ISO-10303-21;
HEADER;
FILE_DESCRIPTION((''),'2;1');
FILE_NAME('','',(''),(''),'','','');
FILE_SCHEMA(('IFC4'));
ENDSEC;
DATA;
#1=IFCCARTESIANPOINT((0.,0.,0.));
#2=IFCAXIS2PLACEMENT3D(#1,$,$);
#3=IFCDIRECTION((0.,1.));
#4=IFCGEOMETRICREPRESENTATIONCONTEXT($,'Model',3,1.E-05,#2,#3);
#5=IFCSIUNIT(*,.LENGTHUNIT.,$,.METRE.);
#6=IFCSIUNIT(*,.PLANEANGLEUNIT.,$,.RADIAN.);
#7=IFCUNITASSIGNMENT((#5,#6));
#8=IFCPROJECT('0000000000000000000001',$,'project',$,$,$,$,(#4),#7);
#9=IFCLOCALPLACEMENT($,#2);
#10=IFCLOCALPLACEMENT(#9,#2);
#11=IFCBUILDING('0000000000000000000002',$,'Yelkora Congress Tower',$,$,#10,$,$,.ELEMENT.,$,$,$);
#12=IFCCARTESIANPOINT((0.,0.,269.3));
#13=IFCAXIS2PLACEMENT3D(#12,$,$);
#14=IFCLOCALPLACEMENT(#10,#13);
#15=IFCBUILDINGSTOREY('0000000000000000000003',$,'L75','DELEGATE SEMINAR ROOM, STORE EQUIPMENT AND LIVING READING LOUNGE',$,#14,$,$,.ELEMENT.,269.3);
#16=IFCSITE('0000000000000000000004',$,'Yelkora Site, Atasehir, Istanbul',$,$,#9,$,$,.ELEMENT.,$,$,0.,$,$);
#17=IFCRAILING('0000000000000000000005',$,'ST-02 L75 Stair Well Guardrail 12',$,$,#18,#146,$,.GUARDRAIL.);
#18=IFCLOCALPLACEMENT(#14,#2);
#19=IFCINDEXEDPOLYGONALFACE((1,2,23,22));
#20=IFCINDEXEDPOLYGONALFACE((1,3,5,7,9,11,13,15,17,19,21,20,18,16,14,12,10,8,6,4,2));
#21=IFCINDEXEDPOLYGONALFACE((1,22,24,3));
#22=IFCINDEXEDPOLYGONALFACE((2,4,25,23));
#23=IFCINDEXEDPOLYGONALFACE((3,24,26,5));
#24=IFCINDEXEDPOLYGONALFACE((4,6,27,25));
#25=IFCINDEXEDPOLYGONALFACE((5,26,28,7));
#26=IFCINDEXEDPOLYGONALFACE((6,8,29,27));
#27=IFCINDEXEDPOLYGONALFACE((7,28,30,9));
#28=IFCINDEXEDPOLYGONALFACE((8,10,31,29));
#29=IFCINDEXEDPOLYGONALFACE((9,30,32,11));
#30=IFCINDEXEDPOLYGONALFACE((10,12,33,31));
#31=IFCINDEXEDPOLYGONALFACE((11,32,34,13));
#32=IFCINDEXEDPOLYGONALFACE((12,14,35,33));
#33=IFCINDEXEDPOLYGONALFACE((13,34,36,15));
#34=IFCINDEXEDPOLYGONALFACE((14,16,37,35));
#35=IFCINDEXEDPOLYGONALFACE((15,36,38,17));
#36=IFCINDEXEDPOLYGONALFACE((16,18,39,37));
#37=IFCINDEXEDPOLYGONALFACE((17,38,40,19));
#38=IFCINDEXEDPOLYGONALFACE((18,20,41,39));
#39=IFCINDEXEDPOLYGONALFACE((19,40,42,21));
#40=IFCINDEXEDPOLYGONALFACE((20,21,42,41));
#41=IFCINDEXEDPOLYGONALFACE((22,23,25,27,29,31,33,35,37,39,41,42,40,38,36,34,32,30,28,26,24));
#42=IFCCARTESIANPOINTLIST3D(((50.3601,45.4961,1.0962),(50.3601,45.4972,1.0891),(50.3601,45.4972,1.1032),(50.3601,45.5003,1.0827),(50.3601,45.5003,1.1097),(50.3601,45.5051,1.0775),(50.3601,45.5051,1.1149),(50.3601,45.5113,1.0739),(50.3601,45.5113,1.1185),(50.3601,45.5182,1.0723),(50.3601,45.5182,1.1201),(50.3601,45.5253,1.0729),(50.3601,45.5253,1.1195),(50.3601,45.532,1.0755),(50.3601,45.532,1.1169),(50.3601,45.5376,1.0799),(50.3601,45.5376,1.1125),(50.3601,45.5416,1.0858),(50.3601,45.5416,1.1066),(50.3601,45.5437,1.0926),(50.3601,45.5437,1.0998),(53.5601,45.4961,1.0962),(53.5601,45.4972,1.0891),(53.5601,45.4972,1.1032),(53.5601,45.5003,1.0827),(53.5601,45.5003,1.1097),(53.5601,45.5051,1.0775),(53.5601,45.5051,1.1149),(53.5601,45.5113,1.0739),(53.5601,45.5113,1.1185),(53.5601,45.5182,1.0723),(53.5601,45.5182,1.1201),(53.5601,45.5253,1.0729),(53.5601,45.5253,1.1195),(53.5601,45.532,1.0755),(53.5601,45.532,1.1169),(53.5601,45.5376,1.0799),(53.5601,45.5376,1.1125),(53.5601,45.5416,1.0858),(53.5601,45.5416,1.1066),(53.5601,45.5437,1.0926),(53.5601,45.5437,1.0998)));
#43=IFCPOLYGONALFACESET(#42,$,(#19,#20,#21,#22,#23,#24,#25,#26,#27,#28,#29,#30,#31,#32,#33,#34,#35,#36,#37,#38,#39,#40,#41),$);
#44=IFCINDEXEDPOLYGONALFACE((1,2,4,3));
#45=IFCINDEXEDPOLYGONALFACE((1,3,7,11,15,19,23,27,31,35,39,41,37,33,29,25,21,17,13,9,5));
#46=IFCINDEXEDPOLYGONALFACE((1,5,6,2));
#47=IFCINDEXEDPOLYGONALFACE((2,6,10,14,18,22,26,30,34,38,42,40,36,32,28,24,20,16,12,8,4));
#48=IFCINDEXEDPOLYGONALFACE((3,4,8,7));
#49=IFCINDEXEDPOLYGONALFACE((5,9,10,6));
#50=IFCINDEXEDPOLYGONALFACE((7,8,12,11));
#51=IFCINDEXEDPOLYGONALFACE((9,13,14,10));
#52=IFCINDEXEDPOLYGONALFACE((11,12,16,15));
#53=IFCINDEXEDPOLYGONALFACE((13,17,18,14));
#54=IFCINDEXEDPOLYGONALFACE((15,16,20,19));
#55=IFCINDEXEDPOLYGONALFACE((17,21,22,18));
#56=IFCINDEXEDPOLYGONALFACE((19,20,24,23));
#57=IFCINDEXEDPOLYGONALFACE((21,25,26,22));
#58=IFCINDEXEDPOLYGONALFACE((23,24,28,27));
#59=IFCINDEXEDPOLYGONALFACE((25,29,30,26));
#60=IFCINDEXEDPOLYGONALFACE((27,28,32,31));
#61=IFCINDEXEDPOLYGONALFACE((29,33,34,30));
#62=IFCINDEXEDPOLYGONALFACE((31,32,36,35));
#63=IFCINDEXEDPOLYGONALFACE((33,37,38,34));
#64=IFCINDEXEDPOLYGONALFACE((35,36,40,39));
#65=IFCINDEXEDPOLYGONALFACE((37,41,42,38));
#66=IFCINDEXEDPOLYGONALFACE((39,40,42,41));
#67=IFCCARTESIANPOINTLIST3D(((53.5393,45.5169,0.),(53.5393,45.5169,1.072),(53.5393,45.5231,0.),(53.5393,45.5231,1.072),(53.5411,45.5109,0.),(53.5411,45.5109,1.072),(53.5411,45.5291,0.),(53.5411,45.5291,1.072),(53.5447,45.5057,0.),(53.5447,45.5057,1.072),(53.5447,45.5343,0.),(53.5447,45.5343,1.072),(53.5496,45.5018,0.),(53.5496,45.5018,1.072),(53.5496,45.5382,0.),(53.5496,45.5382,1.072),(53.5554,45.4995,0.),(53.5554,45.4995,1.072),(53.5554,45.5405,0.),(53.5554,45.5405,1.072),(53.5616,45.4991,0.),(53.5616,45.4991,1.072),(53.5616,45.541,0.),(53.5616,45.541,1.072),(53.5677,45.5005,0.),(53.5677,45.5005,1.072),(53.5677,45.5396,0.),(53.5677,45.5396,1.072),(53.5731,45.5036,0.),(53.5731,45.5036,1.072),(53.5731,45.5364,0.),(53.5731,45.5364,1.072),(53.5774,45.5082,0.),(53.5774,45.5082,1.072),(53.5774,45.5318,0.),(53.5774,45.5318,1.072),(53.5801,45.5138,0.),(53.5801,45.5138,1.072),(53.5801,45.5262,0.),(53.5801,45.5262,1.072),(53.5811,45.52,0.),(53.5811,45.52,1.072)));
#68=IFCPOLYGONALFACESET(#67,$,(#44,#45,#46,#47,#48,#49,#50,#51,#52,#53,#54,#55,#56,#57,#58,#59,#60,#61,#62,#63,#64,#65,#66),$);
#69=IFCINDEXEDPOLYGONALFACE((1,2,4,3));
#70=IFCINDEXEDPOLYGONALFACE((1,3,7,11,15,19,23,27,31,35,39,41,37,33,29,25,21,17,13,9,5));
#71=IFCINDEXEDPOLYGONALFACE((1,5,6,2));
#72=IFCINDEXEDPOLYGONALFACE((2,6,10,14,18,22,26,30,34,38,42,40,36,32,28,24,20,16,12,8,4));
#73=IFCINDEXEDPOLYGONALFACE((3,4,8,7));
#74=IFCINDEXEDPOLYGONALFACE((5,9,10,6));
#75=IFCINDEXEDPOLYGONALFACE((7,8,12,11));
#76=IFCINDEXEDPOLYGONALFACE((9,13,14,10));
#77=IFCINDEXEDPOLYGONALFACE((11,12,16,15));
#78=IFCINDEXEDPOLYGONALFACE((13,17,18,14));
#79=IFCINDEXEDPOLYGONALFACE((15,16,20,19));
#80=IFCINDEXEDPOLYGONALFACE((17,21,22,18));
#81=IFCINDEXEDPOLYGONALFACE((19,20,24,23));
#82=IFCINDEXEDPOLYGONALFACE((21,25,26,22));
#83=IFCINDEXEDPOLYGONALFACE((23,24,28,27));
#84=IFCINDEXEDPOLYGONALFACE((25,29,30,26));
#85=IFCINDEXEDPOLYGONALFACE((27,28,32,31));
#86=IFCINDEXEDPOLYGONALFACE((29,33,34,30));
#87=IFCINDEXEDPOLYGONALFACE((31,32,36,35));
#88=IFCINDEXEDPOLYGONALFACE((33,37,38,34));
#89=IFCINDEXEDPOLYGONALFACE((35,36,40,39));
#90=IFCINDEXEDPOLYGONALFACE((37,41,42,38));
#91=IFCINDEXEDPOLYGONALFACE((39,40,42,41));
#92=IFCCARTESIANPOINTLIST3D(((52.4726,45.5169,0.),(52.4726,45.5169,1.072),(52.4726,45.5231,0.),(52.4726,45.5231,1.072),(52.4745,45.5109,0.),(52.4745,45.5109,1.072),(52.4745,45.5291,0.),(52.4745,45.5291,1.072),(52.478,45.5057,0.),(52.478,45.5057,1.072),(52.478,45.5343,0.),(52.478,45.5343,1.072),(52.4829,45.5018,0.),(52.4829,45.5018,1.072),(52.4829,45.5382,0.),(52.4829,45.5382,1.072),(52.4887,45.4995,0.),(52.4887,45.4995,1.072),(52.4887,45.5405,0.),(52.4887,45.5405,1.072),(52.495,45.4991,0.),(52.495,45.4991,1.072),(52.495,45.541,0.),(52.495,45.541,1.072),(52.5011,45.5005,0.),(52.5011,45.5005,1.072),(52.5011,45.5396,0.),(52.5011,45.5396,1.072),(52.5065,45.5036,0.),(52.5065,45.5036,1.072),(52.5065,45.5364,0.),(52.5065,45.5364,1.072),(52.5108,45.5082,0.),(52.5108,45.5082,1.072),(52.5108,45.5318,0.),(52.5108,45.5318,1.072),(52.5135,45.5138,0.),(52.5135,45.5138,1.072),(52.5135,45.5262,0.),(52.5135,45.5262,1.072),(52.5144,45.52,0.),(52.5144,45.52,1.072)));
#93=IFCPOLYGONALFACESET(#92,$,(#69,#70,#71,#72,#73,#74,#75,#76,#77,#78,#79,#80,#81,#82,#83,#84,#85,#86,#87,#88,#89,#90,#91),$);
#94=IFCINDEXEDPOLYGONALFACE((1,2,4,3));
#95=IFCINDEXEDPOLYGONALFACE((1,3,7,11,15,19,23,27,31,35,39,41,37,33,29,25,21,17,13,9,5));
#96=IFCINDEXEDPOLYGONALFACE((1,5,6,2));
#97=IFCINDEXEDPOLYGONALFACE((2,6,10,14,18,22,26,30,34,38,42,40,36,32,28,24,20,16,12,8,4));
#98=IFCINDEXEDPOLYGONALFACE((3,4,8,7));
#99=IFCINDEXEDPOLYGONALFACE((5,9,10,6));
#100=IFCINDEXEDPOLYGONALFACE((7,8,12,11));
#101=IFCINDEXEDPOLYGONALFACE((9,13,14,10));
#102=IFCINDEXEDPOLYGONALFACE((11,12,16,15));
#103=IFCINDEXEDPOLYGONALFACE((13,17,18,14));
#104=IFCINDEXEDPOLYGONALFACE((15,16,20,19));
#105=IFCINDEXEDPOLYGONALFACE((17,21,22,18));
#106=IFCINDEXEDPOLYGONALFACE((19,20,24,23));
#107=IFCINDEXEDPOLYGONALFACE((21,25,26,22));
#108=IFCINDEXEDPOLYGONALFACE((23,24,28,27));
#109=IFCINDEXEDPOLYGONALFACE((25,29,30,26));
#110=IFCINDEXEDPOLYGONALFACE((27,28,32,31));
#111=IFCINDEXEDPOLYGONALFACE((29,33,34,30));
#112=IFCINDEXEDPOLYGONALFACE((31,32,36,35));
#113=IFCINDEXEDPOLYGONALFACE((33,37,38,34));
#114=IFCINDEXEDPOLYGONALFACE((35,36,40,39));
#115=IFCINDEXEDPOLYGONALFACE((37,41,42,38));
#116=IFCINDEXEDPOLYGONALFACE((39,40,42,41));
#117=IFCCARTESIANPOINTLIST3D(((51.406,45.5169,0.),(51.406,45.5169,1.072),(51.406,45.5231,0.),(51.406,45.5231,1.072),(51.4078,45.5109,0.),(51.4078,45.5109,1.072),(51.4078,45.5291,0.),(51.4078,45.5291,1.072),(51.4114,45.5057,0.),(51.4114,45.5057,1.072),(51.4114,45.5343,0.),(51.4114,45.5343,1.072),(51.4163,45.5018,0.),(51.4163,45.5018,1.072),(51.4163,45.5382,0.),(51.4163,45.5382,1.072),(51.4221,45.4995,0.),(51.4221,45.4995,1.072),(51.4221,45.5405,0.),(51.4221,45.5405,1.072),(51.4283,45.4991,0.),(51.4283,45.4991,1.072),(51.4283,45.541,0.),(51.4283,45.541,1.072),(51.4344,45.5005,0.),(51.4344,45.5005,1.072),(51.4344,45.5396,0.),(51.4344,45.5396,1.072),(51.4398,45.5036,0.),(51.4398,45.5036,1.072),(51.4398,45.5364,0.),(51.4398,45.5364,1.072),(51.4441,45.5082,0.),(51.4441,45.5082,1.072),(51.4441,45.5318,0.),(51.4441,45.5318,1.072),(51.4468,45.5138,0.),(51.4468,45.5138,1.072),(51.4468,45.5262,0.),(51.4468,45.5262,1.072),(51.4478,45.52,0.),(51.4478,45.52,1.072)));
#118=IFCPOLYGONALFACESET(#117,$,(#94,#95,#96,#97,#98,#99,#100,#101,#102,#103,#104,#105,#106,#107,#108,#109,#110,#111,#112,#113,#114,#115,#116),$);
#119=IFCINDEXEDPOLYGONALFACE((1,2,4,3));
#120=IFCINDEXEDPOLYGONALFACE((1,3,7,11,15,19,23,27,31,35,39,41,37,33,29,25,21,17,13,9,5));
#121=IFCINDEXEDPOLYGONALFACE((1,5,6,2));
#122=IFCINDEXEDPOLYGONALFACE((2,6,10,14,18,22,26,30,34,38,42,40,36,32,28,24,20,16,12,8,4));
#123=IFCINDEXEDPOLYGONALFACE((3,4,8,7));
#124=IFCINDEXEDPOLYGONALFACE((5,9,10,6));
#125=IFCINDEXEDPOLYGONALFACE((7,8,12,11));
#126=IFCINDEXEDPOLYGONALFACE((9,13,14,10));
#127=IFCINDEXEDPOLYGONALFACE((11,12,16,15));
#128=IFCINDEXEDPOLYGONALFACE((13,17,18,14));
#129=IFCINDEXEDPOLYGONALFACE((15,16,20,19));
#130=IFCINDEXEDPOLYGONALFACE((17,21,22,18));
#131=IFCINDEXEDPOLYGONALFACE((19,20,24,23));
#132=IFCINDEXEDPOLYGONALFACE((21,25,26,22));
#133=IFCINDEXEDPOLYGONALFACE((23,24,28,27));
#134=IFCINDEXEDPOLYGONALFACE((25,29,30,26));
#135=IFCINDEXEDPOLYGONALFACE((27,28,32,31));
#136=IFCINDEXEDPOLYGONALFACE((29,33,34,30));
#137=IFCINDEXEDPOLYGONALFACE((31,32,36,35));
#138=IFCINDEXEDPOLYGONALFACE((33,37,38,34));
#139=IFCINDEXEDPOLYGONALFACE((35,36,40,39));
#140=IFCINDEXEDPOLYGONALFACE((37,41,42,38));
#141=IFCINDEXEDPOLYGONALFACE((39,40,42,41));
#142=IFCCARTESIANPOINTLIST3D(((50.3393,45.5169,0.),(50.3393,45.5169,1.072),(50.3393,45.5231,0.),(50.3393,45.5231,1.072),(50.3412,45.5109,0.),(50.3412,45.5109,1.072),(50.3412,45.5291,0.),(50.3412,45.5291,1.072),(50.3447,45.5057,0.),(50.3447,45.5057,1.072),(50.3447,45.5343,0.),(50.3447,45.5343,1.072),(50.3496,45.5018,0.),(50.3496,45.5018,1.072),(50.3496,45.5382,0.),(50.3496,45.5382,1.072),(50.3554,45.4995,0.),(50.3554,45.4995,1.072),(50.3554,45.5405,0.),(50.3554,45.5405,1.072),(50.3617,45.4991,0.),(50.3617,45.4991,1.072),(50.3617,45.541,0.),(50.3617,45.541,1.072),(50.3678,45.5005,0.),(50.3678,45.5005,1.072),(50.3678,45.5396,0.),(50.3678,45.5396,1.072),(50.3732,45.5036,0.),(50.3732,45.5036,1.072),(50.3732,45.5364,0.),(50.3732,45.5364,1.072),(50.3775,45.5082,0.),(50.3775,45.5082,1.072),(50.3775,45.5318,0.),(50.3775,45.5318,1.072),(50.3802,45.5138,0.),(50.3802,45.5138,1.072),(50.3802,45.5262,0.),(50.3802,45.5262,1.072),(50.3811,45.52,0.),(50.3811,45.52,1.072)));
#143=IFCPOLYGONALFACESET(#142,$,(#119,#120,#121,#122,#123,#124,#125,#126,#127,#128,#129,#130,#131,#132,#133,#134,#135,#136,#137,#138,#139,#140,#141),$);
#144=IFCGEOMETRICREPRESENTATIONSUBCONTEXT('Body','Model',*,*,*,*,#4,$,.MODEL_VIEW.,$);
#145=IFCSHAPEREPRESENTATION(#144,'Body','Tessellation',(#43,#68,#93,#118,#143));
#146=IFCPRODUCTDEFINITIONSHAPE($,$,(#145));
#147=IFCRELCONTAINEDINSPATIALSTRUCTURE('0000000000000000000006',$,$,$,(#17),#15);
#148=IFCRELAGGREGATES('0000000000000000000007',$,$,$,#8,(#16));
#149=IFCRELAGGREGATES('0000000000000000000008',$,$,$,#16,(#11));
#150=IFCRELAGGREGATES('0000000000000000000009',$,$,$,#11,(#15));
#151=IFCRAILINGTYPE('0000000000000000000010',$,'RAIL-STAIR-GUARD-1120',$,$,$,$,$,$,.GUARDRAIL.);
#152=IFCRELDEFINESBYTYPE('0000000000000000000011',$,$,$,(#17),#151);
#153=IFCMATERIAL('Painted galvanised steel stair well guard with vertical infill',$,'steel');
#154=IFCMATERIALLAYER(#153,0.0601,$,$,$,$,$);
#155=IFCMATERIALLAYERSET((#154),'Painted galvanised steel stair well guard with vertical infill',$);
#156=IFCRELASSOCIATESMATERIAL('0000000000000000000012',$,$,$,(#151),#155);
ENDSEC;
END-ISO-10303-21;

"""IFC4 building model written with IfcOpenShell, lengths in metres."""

from ifc_helpers import new_model, si_unit, direction, frame, origin, origin_2d, place, context, subcontext, project, spatial, circle, extrude, material, layer, layer_set, type_object, element, save


model = new_model("IFC4")

# Units and contexts
model_context = context("Model", 3, precision=1e-05, world=origin(), true_north=direction((0.0, 1.0)))
body_context = subcontext(model_context, "Body", "Model", "MODEL_VIEW")
ifc_project = project(units=[si_unit("LENGTHUNIT", "METRE"), si_unit("PLANEANGLEUNIT", "RADIAN")], contexts=[model_context])

# Site, building, storey
site_placement = place(None, origin())
site = spatial("IfcSite", under=ifc_project, at=site_placement, Name="Yelkora Site, Atasehir, Istanbul", CompositionType="ELEMENT", RefElevation=0.0)
building_placement = place(site_placement, origin())
building = spatial("IfcBuilding", under=site, at=building_placement, Name="Yelkora Congress Tower", CompositionType="ELEMENT")
storey_placement = place(building_placement, frame((0.0, 0.0, 269.3)))
storey = spatial("IfcBuildingStorey", under=building, at=storey_placement, Name="L75", Description="DELEGATE SEMINAR ROOM, STORE EQUIPMENT AND LIVING READING LOUNGE", CompositionType="ELEMENT", Elevation=269.3)

# Railing
ifc_material_1 = material(Name="Painted galvanised steel stair well guard with vertical infill", Category="steel")
ifc_layer_1 = layer(ifc_material_1, 0.0601)
ifc_layer_set_1 = layer_set([ifc_layer_1], Name="Painted galvanised steel stair well guard with vertical infill")
railing_type_1 = type_object("IfcRailingType", Name="RAIL-STAIR-GUARD-1120", PredefinedType="GUARDRAIL", material=ifc_layer_set_1)
railing_1_placement = place(storey_placement, frame((53.5601, 45.52, 0.0)))
element("IfcRailing", 1, at=railing_1_placement, inside=storey, type_object=railing_type_1, Name="ST-02 L75 Stair Well Guardrail 12", PredefinedType="GUARDRAIL", context=body_context, shape_type="SweptSolid", body=[
    extrude(circle(Radius=0.0239, at=origin_2d()), frame((0.0, 0.0, 1.0962), z_axis=(-1.0, 0.0, 0.0), x_axis=(0.0, -1.0, 0.0)), (0.0, 0.0, 1.0), 3.2),
    extrude(circle(Radius=0.021, at=origin_2d()), origin(), (0.0, 0.0, 1.0), 1.072),
    extrude(circle(Radius=0.021, at=origin_2d()), frame((-1.0667, 0.0, 0.0)), (0.0, 0.0, 1.0), 1.072),
    extrude(circle(Radius=0.021, at=origin_2d()), frame((-2.1333, 0.0, 0.0)), (0.0, 0.0, 1.0), 1.072),
    extrude(circle(Radius=0.021, at=origin_2d()), frame((-3.2, 0.0, 0.0)), (0.0, 0.0, 1.0), 1.072),
])

save(model, "model.ifc")
